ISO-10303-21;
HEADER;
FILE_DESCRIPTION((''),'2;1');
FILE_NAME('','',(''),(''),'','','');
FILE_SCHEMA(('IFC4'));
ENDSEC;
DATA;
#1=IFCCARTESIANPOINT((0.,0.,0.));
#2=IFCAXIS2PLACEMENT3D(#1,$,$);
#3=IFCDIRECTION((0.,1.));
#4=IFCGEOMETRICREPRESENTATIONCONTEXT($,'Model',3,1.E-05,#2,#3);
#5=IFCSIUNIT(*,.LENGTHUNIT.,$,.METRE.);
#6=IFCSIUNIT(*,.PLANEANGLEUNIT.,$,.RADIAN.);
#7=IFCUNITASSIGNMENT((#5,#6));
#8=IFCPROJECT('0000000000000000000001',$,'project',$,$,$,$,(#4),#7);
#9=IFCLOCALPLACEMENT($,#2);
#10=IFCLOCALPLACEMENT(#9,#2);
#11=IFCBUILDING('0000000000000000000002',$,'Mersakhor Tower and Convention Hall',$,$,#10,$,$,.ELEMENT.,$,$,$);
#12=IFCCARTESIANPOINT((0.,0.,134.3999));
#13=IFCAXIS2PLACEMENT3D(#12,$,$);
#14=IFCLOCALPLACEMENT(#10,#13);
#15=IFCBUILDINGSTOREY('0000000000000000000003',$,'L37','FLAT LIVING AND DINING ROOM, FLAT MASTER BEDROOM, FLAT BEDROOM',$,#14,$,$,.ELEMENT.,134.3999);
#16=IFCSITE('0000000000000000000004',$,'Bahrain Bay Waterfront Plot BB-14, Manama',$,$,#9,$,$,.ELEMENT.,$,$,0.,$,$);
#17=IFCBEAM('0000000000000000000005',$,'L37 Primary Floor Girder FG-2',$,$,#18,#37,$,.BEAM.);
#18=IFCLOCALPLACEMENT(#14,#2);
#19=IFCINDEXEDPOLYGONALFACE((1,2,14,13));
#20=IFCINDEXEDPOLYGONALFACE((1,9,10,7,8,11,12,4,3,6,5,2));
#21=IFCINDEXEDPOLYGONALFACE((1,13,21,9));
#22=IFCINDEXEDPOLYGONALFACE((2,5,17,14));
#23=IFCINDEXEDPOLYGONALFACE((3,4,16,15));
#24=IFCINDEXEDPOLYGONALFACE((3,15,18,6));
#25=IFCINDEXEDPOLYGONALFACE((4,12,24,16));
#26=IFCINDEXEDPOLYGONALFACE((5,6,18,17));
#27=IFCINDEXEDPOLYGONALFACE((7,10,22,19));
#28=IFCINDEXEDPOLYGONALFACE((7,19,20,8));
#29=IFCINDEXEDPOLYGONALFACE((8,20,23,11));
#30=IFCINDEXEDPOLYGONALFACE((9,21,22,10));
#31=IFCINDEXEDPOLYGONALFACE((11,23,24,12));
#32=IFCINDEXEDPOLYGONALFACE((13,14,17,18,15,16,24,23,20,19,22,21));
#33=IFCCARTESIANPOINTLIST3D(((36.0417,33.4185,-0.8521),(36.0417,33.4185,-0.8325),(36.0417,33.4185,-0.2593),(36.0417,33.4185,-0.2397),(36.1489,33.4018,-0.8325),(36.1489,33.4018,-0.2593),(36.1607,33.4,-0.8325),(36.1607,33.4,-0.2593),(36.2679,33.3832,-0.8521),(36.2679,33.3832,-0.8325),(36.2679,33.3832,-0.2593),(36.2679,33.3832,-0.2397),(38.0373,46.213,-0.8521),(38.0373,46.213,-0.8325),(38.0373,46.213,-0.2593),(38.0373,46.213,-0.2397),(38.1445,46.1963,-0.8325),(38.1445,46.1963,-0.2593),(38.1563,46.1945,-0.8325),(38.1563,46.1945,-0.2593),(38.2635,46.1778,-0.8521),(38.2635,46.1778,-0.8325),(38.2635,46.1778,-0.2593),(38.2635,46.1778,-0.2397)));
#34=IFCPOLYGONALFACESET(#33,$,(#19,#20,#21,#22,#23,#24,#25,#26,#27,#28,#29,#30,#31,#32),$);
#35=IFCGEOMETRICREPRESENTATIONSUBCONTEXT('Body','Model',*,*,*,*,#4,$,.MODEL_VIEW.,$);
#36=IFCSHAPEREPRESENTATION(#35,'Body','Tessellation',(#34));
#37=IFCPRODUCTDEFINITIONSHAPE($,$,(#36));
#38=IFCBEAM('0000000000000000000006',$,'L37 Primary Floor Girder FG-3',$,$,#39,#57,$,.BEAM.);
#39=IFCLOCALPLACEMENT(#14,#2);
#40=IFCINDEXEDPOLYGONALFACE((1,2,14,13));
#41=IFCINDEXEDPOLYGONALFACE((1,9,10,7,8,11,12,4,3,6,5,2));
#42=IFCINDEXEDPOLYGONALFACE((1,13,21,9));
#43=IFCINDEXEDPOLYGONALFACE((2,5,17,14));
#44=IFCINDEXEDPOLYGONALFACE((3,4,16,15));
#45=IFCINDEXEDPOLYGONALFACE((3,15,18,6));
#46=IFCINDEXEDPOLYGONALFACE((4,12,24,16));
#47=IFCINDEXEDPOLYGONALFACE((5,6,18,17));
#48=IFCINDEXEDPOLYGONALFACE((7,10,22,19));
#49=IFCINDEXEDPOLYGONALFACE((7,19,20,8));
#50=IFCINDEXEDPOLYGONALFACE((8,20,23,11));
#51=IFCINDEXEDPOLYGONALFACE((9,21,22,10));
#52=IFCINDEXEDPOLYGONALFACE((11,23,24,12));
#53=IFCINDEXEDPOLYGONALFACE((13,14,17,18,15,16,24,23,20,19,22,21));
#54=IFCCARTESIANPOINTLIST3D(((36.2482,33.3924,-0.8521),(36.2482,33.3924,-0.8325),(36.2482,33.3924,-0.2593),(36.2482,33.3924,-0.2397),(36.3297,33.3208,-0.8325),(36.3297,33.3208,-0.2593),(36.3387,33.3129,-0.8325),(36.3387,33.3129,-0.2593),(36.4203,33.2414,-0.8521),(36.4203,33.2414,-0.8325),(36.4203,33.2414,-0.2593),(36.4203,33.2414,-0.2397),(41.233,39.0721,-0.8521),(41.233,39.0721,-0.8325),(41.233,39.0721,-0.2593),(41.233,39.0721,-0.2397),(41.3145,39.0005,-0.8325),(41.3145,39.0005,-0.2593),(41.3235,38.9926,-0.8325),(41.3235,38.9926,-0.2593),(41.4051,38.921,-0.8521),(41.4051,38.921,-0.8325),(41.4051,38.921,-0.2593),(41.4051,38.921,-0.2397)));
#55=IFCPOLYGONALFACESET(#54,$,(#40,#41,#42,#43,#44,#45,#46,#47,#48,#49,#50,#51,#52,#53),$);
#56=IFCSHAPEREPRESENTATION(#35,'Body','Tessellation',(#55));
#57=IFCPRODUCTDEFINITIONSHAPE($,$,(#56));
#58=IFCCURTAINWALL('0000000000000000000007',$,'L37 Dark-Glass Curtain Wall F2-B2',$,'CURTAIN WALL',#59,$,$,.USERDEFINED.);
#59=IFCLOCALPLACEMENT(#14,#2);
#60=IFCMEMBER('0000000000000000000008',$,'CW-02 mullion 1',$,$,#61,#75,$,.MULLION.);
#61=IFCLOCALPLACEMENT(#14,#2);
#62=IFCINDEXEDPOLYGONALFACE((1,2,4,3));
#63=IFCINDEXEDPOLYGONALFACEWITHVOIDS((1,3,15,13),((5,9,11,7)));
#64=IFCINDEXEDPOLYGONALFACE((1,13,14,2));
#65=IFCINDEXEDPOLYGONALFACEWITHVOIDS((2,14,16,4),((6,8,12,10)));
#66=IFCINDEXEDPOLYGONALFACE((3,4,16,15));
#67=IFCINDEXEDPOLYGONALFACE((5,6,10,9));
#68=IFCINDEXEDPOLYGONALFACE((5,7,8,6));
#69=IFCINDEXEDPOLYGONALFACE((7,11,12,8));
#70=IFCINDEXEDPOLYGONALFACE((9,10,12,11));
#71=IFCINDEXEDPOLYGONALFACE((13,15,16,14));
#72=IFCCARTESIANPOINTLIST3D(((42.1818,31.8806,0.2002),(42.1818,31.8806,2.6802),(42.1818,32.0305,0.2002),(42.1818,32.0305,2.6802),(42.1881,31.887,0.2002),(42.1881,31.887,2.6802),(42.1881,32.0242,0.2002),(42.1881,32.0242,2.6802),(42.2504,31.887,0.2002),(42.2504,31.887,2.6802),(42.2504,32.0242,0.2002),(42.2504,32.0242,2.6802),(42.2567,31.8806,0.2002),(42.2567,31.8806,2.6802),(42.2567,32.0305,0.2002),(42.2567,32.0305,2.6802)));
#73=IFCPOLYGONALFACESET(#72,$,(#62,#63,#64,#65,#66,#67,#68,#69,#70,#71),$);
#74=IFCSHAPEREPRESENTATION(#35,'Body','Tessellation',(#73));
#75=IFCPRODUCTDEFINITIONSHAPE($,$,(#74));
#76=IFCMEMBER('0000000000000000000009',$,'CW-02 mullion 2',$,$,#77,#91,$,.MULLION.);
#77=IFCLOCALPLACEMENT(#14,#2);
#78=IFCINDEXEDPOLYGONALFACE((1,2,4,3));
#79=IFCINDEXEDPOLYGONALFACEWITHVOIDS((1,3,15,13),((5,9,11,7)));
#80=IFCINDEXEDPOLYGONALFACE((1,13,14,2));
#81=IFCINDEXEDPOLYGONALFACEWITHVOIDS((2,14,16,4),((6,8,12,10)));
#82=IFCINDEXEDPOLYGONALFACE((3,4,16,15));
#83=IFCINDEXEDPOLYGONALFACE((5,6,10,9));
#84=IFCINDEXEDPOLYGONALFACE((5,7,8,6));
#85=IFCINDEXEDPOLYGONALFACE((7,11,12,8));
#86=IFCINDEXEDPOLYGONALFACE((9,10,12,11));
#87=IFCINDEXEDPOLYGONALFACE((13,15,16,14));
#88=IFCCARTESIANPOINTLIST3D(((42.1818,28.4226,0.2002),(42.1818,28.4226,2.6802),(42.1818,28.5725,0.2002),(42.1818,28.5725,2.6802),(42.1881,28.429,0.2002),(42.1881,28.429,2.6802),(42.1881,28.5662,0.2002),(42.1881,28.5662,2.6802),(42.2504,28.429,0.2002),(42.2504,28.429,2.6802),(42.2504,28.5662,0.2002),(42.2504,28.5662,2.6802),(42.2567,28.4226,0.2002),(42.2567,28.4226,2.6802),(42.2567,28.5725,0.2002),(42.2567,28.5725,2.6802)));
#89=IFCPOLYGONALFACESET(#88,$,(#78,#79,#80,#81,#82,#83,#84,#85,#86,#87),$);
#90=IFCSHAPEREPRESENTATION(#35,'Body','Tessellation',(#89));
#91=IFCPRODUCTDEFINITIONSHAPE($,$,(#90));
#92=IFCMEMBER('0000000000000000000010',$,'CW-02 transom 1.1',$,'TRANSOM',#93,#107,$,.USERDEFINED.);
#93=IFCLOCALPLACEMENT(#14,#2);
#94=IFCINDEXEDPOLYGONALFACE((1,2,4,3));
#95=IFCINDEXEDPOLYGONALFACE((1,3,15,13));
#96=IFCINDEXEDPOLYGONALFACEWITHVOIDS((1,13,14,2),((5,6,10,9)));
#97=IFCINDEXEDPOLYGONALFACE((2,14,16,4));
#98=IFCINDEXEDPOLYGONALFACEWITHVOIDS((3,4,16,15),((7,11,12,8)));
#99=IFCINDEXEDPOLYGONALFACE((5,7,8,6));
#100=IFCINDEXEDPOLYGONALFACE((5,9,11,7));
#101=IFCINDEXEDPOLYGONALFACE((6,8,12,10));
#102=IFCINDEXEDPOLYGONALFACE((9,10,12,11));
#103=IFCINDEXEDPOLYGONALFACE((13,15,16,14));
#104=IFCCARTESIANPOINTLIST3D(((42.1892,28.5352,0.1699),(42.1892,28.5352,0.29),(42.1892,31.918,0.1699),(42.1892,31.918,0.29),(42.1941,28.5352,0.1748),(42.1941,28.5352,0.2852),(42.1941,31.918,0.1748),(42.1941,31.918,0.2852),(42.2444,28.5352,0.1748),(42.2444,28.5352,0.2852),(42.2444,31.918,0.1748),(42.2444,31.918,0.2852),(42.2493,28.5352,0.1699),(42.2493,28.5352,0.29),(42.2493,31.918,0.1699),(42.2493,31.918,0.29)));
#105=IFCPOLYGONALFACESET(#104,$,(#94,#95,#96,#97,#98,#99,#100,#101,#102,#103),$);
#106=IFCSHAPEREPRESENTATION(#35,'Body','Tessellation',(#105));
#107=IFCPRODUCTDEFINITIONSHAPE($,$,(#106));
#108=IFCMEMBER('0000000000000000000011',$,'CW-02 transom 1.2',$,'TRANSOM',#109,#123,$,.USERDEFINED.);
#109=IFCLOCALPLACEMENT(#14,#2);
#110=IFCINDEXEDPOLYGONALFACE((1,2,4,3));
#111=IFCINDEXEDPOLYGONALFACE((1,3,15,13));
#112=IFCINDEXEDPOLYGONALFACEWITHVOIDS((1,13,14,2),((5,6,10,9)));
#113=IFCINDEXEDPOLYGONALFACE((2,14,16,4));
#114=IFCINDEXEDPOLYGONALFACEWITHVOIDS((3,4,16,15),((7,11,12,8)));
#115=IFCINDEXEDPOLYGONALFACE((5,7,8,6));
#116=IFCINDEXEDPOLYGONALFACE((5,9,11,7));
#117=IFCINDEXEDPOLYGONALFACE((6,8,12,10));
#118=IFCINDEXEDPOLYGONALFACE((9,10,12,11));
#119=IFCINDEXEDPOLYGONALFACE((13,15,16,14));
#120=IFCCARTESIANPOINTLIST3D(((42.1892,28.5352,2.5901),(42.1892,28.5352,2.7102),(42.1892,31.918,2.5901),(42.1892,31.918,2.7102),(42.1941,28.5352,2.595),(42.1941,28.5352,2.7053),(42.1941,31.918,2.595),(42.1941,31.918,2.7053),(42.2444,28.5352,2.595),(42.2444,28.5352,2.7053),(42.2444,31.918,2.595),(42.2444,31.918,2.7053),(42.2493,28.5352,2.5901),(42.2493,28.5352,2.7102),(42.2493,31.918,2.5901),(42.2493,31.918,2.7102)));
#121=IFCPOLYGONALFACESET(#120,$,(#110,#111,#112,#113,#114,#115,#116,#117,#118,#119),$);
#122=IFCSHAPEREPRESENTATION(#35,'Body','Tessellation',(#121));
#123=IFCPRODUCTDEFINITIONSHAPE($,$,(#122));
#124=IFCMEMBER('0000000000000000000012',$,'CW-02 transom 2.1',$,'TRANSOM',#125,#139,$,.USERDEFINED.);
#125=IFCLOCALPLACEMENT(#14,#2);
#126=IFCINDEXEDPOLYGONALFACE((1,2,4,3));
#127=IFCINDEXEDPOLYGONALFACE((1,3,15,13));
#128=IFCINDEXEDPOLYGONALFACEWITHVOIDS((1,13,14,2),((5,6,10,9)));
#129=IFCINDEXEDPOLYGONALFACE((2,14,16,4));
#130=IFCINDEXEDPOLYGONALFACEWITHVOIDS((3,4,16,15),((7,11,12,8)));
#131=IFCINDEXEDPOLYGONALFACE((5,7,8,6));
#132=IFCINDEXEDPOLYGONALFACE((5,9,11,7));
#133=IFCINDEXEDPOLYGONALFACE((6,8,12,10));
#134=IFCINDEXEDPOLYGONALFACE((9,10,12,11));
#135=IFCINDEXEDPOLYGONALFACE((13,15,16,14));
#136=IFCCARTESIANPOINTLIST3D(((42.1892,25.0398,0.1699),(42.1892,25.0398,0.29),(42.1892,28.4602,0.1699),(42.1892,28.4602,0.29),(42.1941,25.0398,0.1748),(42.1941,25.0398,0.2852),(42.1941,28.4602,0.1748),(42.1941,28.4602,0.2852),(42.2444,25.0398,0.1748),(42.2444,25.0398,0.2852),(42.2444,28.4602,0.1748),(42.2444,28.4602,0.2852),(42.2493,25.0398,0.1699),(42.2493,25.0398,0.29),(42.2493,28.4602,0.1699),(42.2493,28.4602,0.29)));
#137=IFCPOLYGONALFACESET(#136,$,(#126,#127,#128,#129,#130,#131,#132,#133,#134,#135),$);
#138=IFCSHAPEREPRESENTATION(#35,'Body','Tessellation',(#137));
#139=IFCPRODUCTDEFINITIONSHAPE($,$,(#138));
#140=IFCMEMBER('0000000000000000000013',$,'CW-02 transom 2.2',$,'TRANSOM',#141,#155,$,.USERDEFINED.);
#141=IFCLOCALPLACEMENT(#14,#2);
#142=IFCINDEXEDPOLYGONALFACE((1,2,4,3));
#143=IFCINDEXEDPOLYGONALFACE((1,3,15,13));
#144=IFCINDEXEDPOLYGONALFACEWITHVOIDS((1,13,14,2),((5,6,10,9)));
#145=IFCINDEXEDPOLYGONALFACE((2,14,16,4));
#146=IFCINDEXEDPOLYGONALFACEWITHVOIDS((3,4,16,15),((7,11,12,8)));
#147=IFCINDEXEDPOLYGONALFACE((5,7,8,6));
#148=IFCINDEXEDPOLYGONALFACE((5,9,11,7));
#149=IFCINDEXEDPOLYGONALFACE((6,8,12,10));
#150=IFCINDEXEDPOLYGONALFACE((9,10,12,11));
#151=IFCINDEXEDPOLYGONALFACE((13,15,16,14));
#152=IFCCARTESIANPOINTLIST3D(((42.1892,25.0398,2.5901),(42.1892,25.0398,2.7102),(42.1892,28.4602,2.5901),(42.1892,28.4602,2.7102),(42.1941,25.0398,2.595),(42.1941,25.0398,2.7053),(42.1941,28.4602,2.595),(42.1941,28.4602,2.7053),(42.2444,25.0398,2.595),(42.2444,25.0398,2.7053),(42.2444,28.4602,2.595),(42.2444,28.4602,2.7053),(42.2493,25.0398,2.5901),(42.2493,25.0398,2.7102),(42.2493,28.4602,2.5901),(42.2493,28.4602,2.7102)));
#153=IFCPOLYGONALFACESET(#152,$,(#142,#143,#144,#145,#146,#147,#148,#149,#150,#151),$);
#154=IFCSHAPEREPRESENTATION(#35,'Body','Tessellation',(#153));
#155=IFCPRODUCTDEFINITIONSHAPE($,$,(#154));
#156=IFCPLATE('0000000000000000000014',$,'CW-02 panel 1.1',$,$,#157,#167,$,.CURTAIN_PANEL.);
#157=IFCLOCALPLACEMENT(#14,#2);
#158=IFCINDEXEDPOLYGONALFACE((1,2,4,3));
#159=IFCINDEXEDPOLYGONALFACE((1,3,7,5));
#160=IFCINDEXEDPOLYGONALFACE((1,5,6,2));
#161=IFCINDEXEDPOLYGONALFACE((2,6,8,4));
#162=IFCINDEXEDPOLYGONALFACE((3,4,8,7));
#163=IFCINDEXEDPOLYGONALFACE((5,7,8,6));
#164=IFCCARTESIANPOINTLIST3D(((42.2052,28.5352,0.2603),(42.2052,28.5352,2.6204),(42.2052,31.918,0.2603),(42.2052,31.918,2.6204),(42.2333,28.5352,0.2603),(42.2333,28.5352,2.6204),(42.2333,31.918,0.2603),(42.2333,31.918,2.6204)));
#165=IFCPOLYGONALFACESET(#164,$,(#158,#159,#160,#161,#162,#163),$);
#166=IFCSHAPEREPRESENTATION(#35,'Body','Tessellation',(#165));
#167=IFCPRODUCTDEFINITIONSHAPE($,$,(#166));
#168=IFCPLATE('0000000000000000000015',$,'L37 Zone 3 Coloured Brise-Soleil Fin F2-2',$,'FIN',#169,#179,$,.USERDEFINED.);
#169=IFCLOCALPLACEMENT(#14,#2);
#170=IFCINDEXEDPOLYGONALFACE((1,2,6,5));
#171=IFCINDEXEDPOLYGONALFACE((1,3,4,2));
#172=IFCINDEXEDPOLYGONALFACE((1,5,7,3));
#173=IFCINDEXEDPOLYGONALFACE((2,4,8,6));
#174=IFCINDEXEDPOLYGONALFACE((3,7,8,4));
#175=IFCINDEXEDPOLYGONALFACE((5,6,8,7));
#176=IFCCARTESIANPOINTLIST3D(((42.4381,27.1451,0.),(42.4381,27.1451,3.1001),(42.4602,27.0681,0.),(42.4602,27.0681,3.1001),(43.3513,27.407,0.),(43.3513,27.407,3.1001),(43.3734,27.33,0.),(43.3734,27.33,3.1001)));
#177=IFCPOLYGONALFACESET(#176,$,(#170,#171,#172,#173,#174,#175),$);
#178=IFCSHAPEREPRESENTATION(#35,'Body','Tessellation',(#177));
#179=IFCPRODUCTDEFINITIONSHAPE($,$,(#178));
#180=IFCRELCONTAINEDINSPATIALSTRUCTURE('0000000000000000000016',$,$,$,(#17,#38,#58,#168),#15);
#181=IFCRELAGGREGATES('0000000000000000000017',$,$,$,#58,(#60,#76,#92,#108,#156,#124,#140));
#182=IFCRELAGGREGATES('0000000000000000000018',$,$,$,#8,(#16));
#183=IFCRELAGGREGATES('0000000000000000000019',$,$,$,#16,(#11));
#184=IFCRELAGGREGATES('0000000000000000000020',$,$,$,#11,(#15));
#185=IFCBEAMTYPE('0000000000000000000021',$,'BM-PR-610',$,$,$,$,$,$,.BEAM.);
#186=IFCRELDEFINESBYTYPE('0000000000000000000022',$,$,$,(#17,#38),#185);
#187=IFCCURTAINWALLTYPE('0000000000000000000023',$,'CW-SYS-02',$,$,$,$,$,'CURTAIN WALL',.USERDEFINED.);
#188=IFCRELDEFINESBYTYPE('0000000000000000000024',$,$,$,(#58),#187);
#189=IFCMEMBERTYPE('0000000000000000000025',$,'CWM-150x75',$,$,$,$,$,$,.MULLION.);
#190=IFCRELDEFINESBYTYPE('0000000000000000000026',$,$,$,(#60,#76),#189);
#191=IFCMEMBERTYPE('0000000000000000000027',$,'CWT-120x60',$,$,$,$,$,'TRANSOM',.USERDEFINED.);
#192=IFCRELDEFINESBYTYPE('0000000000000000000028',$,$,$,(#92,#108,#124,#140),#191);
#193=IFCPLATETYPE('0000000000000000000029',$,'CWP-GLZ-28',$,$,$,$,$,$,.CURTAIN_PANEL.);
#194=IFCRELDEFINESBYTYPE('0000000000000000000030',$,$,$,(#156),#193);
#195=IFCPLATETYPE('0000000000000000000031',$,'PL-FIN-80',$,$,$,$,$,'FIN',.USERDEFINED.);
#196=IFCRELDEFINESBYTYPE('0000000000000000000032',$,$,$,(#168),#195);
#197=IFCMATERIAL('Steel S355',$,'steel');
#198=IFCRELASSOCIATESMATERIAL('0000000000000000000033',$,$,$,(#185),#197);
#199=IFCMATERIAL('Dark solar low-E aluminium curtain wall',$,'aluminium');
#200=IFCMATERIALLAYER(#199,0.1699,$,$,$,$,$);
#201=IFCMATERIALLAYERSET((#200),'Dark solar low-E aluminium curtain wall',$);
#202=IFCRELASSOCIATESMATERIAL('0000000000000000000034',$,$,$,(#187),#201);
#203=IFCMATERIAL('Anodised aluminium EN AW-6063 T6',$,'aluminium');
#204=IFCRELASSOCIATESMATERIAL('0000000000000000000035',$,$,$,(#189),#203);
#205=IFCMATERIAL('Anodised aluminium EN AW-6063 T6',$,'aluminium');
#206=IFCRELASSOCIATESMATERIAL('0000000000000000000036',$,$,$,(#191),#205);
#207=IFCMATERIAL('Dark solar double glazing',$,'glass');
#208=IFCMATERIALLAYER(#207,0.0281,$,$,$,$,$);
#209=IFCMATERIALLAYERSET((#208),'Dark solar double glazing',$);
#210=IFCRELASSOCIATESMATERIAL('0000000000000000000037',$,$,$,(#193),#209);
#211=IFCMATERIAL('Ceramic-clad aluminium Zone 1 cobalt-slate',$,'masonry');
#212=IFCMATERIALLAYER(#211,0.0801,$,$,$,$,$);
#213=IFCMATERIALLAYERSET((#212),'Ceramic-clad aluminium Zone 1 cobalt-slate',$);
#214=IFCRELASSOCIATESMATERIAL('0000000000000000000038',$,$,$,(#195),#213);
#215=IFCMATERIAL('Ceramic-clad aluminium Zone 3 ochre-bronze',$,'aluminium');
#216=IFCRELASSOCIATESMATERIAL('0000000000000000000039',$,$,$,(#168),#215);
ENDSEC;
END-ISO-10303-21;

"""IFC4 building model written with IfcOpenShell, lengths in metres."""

from ifc_helpers import new_model, si_unit, direction, frame, origin, origin_2d, place, context, subcontext, project, spatial, rectangle, hollow_rectangle, i_section, extrude, material, layer, layer_set, material_profile, profile_set, type_object, element, aggregate, save


model = new_model("IFC4")

# Units and contexts
model_context = context("Model", 3, precision=1e-05, world=origin(), true_north=direction((0.0, 1.0)))
body_context = subcontext(model_context, "Body", "Model", "MODEL_VIEW")
ifc_project = project(units=[si_unit("LENGTHUNIT", "METRE"), si_unit("PLANEANGLEUNIT", "RADIAN")], contexts=[model_context])

# Site, building, storey
site_placement = place(None, origin())
site = spatial("IfcSite", under=ifc_project, at=site_placement, Name="Bahrain Bay Waterfront Plot BB-14, Manama", CompositionType="ELEMENT", RefElevation=0.0)
building_placement = place(site_placement, origin())
building = spatial("IfcBuilding", under=site, at=building_placement, Name="Mersakhor Tower and Convention Hall", CompositionType="ELEMENT")
storey_placement = place(building_placement, frame((0.0, 0.0, 134.3999)))
storey = spatial("IfcBuildingStorey", under=building, at=storey_placement, Name="L37", Description="FLAT LIVING AND DINING ROOM, FLAT MASTER BEDROOM, FLAT BEDROOM", CompositionType="ELEMENT", Elevation=134.3999)

# Beams
ifc_material_1 = material(Name="Steel S355", Category="steel")
ifc_material_profile_1 = material_profile(ifc_material_1, i_section(OverallWidth=0.229, OverallDepth=0.6123, WebThickness=0.012, FlangeThickness=0.0195, at=origin_2d()), Name="UB 610x229x125")
ifc_profile_set_1 = profile_set([ifc_material_profile_1], Name="Steel S355")
beam_type = type_object("IfcBeamType", Name="BM-PR-610", PredefinedType="BEAM", material=ifc_profile_set_1)
beam_1_placement = place(storey_placement, frame((36.1548, 33.4009, -0.5459), z_axis=(0.154111, 0.988054, 0.0), x_axis=(-0.988054, 0.154111, 0.0)))
element("IfcBeam", 1, at=beam_1_placement, inside=storey, type_object=beam_type, Name="L37 Primary Floor Girder FG-2", PredefinedType="BEAM", context=body_context, shape_type="SweptSolid", body=[
    extrude(i_section(OverallWidth=0.229, OverallDepth=0.6123, WebThickness=0.012, FlangeThickness=0.0195, at=origin_2d()), origin(), (0.0, 0.0, 1.0), 12.9492),
])
beam_2_placement = place(storey_placement, frame((36.3342, 33.3169, -0.5459), z_axis=(0.659638, 0.751583, 0.0), x_axis=(-0.751583, 0.659638, 0.0)))
element("IfcBeam", 2, at=beam_2_placement, inside=storey, type_object=beam_type, Name="L37 Primary Floor Girder FG-3", PredefinedType="BEAM", context=body_context, shape_type="SweptSolid", body=[
    extrude(i_section(OverallWidth=0.229, OverallDepth=0.6123, WebThickness=0.012, FlangeThickness=0.0195, at=origin_2d()), origin(), (0.0, 0.0, 1.0), 7.5569),
])

# Curtain wall, members, plate
ifc_material_2 = material(Name="Dark solar low-E aluminium curtain wall", Category="aluminium")
ifc_layer_1 = layer(ifc_material_2, 0.1699)
ifc_layer_set_1 = layer_set([ifc_layer_1], Name="Dark solar low-E aluminium curtain wall")
curtain_wall_type = type_object("IfcCurtainWallType", Name="CW-SYS-02", ElementType="CURTAIN WALL", PredefinedType="USERDEFINED", material=ifc_layer_set_1)
curtain_wall_placement = place(storey_placement, origin())
curtain_wall = element("IfcCurtainWall", 3, at=curtain_wall_placement, inside=storey, type_object=curtain_wall_type, Name="L37 Dark-Glass Curtain Wall F2-B2", ObjectType="CURTAIN WALL", PredefinedType="USERDEFINED")
ifc_material_3 = material(Name="Anodised aluminium EN AW-6063 T6", Category="aluminium")
ifc_material_profile_2 = material_profile(ifc_material_3, hollow_rectangle(XDim=0.075, YDim=0.1499, WallThickness=0.0063, at=origin_2d()), Name="RHS 150x75x6.3")
ifc_profile_set_2 = profile_set([ifc_material_profile_2], Name="Anodised aluminium EN AW-6063 T6")
member_type_1 = type_object("IfcMemberType", Name="CWM-150x75", PredefinedType="MULLION", material=ifc_profile_set_2)
member_1_placement = place(storey_placement, frame((42.2192, 31.9556, 0.2002), z_axis=(0.0, 0.0, 1.0), x_axis=(1.0, 0.0, 0.0)))
member_1 = element("IfcMember", 4, at=member_1_placement, type_object=member_type_1, Name="CW-02 mullion 1", PredefinedType="MULLION", context=body_context, shape_type="SweptSolid", body=[
    extrude(hollow_rectangle(XDim=0.075, YDim=0.1499, WallThickness=0.0063, at=origin_2d()), origin(), (0.0, 0.0, 1.0), 2.48),
])
member_2_placement = place(storey_placement, frame((42.2192, 28.4976, 0.2002), z_axis=(0.0, 0.0, 1.0), x_axis=(1.0, 0.0, 0.0)))
member_2 = element("IfcMember", 5, at=member_2_placement, type_object=member_type_1, Name="CW-02 mullion 2", PredefinedType="MULLION", context=body_context, shape_type="SweptSolid", body=[
    extrude(hollow_rectangle(XDim=0.075, YDim=0.1499, WallThickness=0.0063, at=origin_2d()), origin(), (0.0, 0.0, 1.0), 2.48),
])
ifc_material_4 = material(Name="Anodised aluminium EN AW-6063 T6", Category="aluminium")
ifc_material_profile_3 = material_profile(ifc_material_4, hollow_rectangle(XDim=0.0601, YDim=0.1201, WallThickness=0.0049, at=origin_2d()), Name="RHS 120x60x5")
ifc_profile_set_3 = profile_set([ifc_material_profile_3], Name="Anodised aluminium EN AW-6063 T6")
member_type_2 = type_object("IfcMemberType", Name="CWT-120x60", ElementType="TRANSOM", PredefinedType="USERDEFINED", material=ifc_profile_set_3)
member_3_placement = place(storey_placement, frame((42.2192, 31.918, 0.23), z_axis=(0.0, -1.0, 0.0), x_axis=(1.0, 0.0, 0.0)))
member_3 = element("IfcMember", 6, at=member_3_placement, type_object=member_type_2, Name="CW-02 transom 1.1", ObjectType="TRANSOM", PredefinedType="USERDEFINED", context=body_context, shape_type="SweptSolid", body=[
    extrude(hollow_rectangle(XDim=0.0601, YDim=0.1201, WallThickness=0.0049, at=origin_2d()), origin(), (0.0, 0.0, 1.0), 3.3828),
])
member_4_placement = place(storey_placement, frame((42.2192, 31.918, 2.6501), z_axis=(0.0, -1.0, 0.0), x_axis=(1.0, 0.0, 0.0)))
member_4 = element("IfcMember", 7, at=member_4_placement, type_object=member_type_2, Name="CW-02 transom 1.2", ObjectType="TRANSOM", PredefinedType="USERDEFINED", context=body_context, shape_type="SweptSolid", body=[
    extrude(hollow_rectangle(XDim=0.0601, YDim=0.1201, WallThickness=0.0049, at=origin_2d()), origin(), (0.0, 0.0, 1.0), 3.3828),
])
member_5_placement = place(storey_placement, frame((42.2192, 28.4602, 0.23), z_axis=(0.0, -1.0, 0.0), x_axis=(1.0, 0.0, 0.0)))
member_5 = element("IfcMember", 8, at=member_5_placement, type_object=member_type_2, Name="CW-02 transom 2.1", ObjectType="TRANSOM", PredefinedType="USERDEFINED", context=body_context, shape_type="SweptSolid", body=[
    extrude(hollow_rectangle(XDim=0.0601, YDim=0.1201, WallThickness=0.0049, at=origin_2d()), origin(), (0.0, 0.0, 1.0), 3.4204),
])
member_6_placement = place(storey_placement, frame((42.2192, 28.4602, 2.6501), z_axis=(0.0, -1.0, 0.0), x_axis=(1.0, 0.0, 0.0)))
member_6 = element("IfcMember", 9, at=member_6_placement, type_object=member_type_2, Name="CW-02 transom 2.2", ObjectType="TRANSOM", PredefinedType="USERDEFINED", context=body_context, shape_type="SweptSolid", body=[
    extrude(hollow_rectangle(XDim=0.0601, YDim=0.1201, WallThickness=0.0049, at=origin_2d()), origin(), (0.0, 0.0, 1.0), 3.4204),
])
ifc_material_5 = material(Name="Dark solar double glazing", Category="glass")
ifc_layer_2 = layer(ifc_material_5, 0.0281)
ifc_layer_set_2 = layer_set([ifc_layer_2], Name="Dark solar double glazing")
plate_type_1 = type_object("IfcPlateType", Name="CWP-GLZ-28", PredefinedType="CURTAIN_PANEL", material=ifc_layer_set_2)
plate_1_placement = place(storey_placement, frame((42.2192, 30.2266, 0.2603), z_axis=(0.0, 0.0, 1.0), x_axis=(0.0, -1.0, 0.0)))
plate_1 = element("IfcPlate", 10, at=plate_1_placement, type_object=plate_type_1, Name="CW-02 panel 1.1", PredefinedType="CURTAIN_PANEL", context=body_context, shape_type="SweptSolid", body=[
    extrude(rectangle(XDim=3.3828, YDim=0.0281, at=origin_2d()), origin(), (0.0, 0.0, 1.0), 2.3601),
])
aggregate(curtain_wall, [member_1, member_2, member_3, member_4, plate_1, member_5, member_6])

# Plate
ifc_material_6 = material(Name="Ceramic-clad aluminium Zone 3 ochre-bronze", Category="aluminium")
ifc_material_7 = material(Name="Ceramic-clad aluminium Zone 1 cobalt-slate", Category="masonry")
ifc_layer_3 = layer(ifc_material_7, 0.0801)
ifc_layer_set_3 = layer_set([ifc_layer_3], Name="Ceramic-clad aluminium Zone 1 cobalt-slate")
plate_type_2 = type_object("IfcPlateType", Name="PL-FIN-80", ElementType="FIN", PredefinedType="USERDEFINED", material=ifc_layer_set_3)
plate_2_placement = place(storey_placement, frame((42.9058, 27.2375, 0.0), z_axis=(0.0, 0.0, 1.0), x_axis=(0.961262, 0.275637, 0.0)))
element("IfcPlate", 11, at=plate_2_placement, inside=storey, type_object=plate_type_2, material=ifc_material_6, Name="L37 Zone 3 Coloured Brise-Soleil Fin F2-2", ObjectType="FIN", PredefinedType="USERDEFINED", context=body_context, shape_type="SweptSolid", body=[
    extrude(rectangle(XDim=0.95, YDim=0.0801, at=origin_2d()), origin(), (0.0, 0.0, 1.0), 3.1001),
])

save(model, "model.ifc")
